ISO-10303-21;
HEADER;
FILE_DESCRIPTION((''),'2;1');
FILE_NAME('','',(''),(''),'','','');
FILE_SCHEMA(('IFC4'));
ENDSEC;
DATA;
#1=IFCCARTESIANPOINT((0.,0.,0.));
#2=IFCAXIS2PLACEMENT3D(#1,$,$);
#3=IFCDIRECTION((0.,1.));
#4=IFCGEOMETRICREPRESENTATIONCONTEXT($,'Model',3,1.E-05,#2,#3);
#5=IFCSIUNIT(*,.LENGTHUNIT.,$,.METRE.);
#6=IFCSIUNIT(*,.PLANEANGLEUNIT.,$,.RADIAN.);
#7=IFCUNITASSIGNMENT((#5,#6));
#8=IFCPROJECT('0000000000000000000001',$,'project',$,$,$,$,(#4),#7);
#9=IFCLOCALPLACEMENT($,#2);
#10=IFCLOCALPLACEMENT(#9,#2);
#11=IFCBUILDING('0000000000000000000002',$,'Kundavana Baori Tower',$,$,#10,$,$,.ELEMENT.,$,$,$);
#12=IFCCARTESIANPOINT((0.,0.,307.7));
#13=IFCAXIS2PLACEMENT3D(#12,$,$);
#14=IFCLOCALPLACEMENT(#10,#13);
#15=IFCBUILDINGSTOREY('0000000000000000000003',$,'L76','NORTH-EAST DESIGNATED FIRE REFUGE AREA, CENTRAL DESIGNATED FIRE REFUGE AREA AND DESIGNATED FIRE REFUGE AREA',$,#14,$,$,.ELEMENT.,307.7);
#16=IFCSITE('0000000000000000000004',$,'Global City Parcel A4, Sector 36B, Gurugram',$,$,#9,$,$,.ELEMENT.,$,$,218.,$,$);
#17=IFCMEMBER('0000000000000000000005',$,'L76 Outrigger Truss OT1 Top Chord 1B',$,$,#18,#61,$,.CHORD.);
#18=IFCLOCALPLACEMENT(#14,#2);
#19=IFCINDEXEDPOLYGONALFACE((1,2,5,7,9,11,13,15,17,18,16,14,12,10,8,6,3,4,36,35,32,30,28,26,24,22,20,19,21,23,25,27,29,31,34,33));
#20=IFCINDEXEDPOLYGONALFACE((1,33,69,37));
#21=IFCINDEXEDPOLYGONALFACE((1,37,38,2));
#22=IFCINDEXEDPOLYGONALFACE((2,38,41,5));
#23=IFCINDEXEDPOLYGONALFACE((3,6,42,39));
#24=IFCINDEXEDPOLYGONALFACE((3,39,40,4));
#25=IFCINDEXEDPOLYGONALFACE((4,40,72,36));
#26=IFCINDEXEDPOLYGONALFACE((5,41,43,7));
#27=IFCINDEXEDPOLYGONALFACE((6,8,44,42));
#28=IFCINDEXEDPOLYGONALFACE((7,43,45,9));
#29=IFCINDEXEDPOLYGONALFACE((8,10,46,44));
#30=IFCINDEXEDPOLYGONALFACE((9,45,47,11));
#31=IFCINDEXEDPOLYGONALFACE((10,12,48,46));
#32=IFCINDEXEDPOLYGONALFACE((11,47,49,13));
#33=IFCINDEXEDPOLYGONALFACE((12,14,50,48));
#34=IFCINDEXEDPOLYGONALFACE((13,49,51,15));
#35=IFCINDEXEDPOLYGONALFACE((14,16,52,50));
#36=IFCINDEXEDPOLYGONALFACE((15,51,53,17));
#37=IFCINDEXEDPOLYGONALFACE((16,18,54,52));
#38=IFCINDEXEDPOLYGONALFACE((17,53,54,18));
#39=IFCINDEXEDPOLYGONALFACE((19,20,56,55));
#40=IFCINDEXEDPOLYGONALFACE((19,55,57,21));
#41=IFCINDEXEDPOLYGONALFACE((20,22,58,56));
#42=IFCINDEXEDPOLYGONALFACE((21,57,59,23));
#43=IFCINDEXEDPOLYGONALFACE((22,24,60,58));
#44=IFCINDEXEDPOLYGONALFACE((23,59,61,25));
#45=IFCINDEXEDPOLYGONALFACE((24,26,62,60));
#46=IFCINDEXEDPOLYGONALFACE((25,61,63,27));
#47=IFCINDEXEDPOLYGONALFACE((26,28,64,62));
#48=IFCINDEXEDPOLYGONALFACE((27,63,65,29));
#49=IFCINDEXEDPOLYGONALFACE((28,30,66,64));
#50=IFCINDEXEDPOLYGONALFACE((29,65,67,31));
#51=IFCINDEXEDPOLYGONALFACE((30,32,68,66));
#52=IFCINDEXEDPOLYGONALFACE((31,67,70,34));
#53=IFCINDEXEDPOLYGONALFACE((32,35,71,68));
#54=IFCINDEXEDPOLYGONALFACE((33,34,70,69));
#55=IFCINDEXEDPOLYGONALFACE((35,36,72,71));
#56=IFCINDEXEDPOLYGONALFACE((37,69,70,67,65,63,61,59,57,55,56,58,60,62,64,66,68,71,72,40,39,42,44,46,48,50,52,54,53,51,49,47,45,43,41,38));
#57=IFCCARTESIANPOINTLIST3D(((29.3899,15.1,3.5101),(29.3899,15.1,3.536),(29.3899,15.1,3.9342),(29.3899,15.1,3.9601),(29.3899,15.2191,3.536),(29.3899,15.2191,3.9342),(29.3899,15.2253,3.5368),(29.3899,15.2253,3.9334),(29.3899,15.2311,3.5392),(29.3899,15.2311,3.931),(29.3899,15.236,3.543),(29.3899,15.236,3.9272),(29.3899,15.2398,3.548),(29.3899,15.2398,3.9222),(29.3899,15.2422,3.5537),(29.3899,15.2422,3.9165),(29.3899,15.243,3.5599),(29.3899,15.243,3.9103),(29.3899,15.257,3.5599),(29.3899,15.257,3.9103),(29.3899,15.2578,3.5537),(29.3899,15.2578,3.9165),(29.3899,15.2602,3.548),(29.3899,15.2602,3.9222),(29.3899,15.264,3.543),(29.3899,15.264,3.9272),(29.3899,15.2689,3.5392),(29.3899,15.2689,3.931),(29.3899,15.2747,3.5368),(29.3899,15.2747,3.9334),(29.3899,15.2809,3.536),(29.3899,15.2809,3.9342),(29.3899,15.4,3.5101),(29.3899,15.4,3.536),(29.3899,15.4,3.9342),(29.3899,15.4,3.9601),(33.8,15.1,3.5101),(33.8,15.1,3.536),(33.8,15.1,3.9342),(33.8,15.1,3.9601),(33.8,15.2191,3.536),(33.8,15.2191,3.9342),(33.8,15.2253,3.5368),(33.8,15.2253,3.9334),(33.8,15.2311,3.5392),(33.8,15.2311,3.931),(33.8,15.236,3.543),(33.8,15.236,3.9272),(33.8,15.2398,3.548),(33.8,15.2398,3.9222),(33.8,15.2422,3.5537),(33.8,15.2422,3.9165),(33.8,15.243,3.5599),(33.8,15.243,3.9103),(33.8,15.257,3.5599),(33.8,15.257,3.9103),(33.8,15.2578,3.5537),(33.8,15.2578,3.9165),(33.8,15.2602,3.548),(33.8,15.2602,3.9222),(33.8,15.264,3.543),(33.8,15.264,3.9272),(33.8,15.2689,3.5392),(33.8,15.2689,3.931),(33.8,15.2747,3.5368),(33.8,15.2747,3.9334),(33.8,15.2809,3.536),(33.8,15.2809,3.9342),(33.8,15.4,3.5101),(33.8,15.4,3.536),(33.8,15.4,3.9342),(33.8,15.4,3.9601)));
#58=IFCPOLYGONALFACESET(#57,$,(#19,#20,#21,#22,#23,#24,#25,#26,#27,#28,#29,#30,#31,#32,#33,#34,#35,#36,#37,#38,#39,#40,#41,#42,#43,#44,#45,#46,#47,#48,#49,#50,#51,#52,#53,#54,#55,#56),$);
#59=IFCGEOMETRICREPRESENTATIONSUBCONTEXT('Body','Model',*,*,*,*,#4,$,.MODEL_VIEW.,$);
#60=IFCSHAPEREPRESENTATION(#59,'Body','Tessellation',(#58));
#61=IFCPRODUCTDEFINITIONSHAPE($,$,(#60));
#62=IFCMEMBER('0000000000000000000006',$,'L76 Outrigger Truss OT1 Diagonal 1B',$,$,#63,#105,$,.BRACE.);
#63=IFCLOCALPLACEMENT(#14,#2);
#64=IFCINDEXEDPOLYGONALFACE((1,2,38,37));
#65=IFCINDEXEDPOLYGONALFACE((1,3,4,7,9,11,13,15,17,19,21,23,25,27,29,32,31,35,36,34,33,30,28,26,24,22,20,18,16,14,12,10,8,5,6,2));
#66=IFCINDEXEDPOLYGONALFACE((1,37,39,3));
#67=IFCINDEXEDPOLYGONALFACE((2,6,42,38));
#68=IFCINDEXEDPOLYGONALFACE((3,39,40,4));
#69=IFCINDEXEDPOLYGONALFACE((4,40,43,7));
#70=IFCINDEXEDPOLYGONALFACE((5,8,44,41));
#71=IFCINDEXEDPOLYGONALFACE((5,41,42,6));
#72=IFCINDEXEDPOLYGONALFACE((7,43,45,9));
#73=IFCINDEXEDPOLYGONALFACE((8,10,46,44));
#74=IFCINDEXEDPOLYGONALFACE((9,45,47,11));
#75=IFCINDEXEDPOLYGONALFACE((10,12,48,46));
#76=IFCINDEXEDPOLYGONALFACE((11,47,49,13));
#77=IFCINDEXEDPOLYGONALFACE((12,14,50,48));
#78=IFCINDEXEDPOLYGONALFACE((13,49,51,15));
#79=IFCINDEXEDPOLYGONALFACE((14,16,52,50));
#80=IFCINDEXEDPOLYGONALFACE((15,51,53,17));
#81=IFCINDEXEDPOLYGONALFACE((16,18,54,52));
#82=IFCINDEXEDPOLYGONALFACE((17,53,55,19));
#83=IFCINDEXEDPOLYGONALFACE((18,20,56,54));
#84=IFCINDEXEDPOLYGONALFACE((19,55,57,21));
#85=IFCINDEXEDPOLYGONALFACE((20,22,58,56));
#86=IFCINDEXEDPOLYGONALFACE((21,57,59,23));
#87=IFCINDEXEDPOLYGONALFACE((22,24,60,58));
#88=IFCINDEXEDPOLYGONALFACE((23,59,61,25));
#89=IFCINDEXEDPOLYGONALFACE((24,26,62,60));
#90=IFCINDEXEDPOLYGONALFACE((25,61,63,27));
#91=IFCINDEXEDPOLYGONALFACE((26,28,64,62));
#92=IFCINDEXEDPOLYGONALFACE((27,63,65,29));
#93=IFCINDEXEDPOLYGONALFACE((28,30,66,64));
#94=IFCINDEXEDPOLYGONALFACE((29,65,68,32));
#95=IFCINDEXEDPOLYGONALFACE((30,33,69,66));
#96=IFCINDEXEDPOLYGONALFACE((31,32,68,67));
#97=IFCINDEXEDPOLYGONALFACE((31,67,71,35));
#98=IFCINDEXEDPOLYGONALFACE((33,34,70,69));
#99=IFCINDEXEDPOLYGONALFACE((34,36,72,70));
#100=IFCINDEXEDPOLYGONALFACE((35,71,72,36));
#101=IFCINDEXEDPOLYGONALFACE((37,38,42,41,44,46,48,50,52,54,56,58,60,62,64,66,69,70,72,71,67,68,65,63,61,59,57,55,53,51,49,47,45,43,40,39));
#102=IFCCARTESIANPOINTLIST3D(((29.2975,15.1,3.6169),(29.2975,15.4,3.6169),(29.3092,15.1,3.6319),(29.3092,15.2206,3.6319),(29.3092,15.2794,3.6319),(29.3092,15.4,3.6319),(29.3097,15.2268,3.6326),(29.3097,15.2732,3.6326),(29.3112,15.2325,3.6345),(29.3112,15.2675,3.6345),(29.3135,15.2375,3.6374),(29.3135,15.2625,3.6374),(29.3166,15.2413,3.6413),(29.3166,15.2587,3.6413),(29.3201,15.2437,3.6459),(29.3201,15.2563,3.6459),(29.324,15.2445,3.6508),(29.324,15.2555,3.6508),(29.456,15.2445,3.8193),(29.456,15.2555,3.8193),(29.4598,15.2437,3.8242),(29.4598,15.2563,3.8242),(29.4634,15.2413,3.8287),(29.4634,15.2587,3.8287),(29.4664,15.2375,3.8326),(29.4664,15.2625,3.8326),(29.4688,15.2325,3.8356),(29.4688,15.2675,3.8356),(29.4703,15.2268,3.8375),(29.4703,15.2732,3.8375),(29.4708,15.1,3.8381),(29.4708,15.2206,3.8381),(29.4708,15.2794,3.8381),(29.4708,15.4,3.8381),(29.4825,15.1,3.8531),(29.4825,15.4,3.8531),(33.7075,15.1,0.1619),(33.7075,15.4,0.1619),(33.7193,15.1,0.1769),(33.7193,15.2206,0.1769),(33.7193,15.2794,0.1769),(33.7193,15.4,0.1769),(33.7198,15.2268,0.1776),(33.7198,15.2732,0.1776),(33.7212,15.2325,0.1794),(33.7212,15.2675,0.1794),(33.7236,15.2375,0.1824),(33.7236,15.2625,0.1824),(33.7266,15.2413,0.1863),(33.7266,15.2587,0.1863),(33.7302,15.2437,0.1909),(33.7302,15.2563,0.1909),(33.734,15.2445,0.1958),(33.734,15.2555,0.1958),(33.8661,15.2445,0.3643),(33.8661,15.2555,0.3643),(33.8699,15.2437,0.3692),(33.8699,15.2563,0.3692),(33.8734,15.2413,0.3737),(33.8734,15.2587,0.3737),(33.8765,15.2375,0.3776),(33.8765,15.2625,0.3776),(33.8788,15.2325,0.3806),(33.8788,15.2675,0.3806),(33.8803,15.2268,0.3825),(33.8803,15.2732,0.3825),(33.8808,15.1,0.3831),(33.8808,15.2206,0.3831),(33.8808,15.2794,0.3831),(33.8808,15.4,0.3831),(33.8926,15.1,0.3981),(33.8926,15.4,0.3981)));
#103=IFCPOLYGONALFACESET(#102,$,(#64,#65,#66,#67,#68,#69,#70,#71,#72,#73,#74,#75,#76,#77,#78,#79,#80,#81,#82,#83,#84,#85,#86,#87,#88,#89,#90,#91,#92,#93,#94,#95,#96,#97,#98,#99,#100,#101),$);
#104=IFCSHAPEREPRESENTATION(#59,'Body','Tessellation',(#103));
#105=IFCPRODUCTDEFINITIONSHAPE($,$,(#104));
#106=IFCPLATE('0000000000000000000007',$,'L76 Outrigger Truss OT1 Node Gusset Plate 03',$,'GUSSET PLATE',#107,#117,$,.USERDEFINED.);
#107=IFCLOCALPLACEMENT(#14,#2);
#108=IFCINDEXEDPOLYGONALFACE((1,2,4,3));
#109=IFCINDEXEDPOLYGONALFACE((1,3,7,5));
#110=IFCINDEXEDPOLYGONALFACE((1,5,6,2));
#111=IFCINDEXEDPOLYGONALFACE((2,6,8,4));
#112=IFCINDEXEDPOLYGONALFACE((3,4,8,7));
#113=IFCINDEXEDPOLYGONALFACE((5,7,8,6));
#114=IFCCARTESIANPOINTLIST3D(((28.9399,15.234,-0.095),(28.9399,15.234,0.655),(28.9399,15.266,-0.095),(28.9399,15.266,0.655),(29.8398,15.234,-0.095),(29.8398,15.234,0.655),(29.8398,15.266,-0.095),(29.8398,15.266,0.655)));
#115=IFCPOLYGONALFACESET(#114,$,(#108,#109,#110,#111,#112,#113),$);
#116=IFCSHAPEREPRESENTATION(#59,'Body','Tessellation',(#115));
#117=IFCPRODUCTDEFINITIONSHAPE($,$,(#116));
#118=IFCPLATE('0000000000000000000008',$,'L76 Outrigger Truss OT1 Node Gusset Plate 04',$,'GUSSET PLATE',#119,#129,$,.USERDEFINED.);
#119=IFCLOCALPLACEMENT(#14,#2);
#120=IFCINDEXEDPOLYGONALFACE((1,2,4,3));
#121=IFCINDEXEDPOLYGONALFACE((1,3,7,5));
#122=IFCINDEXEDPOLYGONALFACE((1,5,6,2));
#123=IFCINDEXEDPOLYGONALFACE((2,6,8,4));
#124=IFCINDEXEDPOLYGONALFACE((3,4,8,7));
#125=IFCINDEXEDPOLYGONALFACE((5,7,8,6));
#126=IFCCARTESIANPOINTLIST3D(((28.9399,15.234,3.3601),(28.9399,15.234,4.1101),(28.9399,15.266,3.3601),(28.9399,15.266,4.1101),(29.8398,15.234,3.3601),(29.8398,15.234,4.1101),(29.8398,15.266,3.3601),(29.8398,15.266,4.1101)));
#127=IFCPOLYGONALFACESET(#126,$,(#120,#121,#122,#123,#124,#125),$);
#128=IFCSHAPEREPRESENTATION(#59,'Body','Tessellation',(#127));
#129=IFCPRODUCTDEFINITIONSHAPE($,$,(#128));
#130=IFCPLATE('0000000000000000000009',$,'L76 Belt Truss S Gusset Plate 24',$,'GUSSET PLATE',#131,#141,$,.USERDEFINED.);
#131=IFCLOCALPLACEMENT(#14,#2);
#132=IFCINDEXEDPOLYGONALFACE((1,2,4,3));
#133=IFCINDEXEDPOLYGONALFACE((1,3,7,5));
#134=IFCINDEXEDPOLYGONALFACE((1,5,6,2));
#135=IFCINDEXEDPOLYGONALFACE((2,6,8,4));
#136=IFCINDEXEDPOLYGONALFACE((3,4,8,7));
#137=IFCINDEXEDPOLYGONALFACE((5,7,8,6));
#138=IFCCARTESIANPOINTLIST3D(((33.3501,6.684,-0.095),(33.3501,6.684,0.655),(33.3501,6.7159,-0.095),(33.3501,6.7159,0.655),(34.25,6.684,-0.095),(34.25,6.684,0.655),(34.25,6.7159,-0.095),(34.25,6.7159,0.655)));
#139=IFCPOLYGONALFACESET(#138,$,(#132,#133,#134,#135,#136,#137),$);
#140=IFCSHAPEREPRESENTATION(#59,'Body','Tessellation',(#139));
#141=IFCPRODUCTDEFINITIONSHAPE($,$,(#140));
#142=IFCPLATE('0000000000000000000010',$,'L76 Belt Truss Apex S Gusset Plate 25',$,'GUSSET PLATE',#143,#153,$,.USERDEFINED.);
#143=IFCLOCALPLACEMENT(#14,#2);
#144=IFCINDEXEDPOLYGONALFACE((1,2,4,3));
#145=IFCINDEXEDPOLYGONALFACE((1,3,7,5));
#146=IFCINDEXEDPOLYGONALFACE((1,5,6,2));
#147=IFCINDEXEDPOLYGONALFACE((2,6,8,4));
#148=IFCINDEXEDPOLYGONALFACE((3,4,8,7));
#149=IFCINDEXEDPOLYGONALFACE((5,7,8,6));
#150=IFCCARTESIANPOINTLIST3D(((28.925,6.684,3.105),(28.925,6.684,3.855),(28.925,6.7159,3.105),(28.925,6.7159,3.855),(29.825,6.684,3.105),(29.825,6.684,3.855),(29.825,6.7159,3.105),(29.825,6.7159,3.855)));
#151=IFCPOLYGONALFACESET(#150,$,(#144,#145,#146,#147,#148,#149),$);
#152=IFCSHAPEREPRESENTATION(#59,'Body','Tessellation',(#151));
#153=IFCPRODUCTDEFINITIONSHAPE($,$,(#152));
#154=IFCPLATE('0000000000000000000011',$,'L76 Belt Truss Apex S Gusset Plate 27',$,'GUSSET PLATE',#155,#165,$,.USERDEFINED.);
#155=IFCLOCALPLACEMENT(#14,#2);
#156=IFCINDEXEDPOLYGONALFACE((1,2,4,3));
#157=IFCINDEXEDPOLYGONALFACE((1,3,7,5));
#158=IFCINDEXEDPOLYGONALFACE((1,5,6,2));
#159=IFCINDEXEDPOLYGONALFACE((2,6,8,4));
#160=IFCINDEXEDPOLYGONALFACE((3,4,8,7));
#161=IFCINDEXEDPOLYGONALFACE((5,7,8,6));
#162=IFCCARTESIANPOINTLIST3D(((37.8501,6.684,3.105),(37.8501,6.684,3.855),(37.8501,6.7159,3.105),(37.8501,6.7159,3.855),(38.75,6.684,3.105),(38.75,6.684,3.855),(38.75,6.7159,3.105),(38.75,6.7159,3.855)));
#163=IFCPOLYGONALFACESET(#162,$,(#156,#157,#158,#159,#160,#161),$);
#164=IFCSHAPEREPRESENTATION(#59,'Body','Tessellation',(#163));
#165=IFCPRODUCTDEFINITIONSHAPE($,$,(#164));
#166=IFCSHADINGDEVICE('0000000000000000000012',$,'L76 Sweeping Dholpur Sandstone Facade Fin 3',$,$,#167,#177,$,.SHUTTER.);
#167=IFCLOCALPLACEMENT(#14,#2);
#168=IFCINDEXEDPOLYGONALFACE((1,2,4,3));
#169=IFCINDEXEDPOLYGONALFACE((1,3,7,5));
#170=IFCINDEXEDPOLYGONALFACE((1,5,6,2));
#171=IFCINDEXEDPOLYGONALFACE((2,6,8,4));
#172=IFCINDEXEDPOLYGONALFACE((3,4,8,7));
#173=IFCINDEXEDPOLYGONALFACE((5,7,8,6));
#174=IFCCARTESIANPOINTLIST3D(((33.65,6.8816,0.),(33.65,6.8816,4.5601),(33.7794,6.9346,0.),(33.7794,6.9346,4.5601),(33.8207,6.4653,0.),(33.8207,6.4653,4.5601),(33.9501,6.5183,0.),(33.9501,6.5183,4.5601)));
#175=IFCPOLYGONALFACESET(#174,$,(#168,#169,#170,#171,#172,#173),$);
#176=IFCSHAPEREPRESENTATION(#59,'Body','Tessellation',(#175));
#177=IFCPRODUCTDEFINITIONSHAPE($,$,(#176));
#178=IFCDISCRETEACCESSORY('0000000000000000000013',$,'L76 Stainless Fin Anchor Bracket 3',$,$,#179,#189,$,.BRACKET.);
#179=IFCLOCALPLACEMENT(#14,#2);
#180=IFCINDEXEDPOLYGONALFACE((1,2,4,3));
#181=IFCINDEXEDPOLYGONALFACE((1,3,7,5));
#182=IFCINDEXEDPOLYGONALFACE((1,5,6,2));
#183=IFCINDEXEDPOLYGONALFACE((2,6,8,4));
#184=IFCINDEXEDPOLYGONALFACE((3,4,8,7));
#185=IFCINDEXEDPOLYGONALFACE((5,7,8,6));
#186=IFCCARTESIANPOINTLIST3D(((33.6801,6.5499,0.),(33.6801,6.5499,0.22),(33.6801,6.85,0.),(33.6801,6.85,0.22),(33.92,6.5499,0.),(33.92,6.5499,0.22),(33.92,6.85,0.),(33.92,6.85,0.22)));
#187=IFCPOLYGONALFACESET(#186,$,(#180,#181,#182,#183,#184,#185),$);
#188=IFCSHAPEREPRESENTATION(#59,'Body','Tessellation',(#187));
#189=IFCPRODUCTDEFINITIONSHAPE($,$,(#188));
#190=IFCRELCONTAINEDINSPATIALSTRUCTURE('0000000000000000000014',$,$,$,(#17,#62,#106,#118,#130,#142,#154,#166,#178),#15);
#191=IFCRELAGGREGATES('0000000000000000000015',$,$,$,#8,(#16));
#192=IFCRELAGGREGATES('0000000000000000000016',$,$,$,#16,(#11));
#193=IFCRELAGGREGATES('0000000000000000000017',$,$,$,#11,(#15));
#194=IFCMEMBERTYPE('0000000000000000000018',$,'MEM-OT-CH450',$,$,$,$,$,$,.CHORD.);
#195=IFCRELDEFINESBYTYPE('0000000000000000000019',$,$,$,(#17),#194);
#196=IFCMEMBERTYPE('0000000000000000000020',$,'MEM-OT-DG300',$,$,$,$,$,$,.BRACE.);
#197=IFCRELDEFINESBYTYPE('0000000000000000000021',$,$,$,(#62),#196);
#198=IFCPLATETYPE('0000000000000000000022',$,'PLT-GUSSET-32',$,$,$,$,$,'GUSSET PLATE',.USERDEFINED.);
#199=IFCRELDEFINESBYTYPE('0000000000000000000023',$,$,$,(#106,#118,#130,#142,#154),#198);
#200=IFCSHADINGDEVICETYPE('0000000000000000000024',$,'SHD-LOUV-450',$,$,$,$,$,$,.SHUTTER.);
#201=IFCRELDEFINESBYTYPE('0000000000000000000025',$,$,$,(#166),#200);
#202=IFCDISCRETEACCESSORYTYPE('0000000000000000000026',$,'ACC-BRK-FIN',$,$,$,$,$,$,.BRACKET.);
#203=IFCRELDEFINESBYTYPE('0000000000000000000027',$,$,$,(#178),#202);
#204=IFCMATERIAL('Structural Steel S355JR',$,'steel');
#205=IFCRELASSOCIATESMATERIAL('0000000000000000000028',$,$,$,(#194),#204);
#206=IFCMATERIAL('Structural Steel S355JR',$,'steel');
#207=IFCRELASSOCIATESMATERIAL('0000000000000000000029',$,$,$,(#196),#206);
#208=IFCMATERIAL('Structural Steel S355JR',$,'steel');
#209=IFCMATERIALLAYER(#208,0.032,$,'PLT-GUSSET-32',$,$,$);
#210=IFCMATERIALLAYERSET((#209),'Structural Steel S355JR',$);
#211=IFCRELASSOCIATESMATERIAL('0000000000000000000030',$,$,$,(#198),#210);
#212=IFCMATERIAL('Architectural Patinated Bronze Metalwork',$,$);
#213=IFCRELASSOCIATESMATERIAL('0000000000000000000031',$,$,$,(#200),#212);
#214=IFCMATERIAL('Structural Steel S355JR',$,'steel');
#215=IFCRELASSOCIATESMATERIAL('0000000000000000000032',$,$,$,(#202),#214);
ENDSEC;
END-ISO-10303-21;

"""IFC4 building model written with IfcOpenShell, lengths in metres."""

from ifc_helpers import new_model, si_unit, direction, frame, origin, origin_2d, place, context, subcontext, project, spatial, rectangle, i_section, extrude, material, layer, layer_set, material_profile, profile_set, type_object, element, save


model = new_model("IFC4")

# Units and contexts
model_context = context("Model", 3, precision=1e-05, world=origin(), true_north=direction((0.0, 1.0)))
body_context = subcontext(model_context, "Body", "Model", "MODEL_VIEW")
ifc_project = project(units=[si_unit("LENGTHUNIT", "METRE"), si_unit("PLANEANGLEUNIT", "RADIAN")], contexts=[model_context])

# Site, building, storey
site_placement = place(None, origin())
site = spatial("IfcSite", under=ifc_project, at=site_placement, Name="Global City Parcel A4, Sector 36B, Gurugram", CompositionType="ELEMENT", RefElevation=218.0)
building_placement = place(site_placement, origin())
building = spatial("IfcBuilding", under=site, at=building_placement, Name="Kundavana Baori Tower", CompositionType="ELEMENT")
storey_placement = place(building_placement, frame((0.0, 0.0, 307.7)))
storey = spatial("IfcBuildingStorey", under=building, at=storey_placement, Name="L76", Description="NORTH-EAST DESIGNATED FIRE REFUGE AREA, CENTRAL DESIGNATED FIRE REFUGE AREA AND DESIGNATED FIRE REFUGE AREA", CompositionType="ELEMENT", Elevation=307.7)

# Members
ifc_material_1 = material(Name="Structural Steel S355JR", Category="steel")
ifc_material_profile_1 = material_profile(ifc_material_1, i_section(OverallWidth=0.3, OverallDepth=0.45, WebThickness=0.0139, FlangeThickness=0.0259, FilletRadius=0.0239, at=origin_2d()), Name="WPB 450x300x142")
ifc_profile_set_1 = profile_set([ifc_material_profile_1], Name="Structural Steel S355JR")
member_type_1 = type_object("IfcMemberType", Name="MEM-OT-CH450", PredefinedType="CHORD", material=ifc_profile_set_1)
for number, where, z_axis, x_axis, name in (
    (1, (29.3899, 15.25, 3.7351), (1.0, 0.0, 0.0), (0.0, 1.0, 0.0), "L76 Outrigger Truss OT1 Top Chord 1B"),
):
    element("IfcMember", number, at=place(storey_placement, frame(where, z_axis=z_axis, x_axis=x_axis)), inside=storey, type_object=member_type_1, Name=name, PredefinedType="CHORD", context=body_context, shape_type="SweptSolid", body=[
        extrude(i_section(OverallWidth=0.3, OverallDepth=0.45, WebThickness=0.0139, FlangeThickness=0.0259, FilletRadius=0.0239, at=origin_2d()), origin(), (0.0, 0.0, 1.0), 4.4102),
    ])
ifc_material_2 = material(Name="Structural Steel S355JR", Category="steel")
ifc_material_profile_2 = material_profile(ifc_material_2, i_section(OverallWidth=0.3, OverallDepth=0.3, WebThickness=0.011, FlangeThickness=0.019, FilletRadius=0.0239, at=origin_2d()), Name="WPB 300x300x117")
ifc_profile_set_2 = profile_set([ifc_material_profile_2], Name="Structural Steel S355JR")
member_type_2 = type_object("IfcMemberType", Name="MEM-OT-DG300", PredefinedType="BRACE", material=ifc_profile_set_2)
member_1_placement = place(storey_placement, frame((33.8, 15.25, 0.28), z_axis=(-0.787189, 0.0, 0.616712), x_axis=(0.0, -1.0, 0.0)))
element("IfcMember", 2, at=member_1_placement, inside=storey, type_object=member_type_2, Name="L76 Outrigger Truss OT1 Diagonal 1B", PredefinedType="BRACE", context=body_context, shape_type="SweptSolid", body=[
    extrude(i_section(OverallWidth=0.3, OverallDepth=0.3, WebThickness=0.011, FlangeThickness=0.019, FilletRadius=0.0239, at=origin_2d()), origin(), (0.0, 0.0, 1.0), 5.6023),
])

# Plates
ifc_material_3 = material(Name="Structural Steel S355JR", Category="steel")
ifc_layer = layer(ifc_material_3, 0.032, Name="PLT-GUSSET-32")
ifc_layer_set = layer_set([ifc_layer], Name="Structural Steel S355JR")
plate_type = type_object("IfcPlateType", Name="PLT-GUSSET-32", ElementType="GUSSET PLATE", PredefinedType="USERDEFINED", material=ifc_layer_set)
for number, where, z_axis, x_axis, name in (
    (3, (29.3899, 15.25, -0.095), (0.0, 0.0, 1.0), (1.0, 0.0, 0.0), "L76 Outrigger Truss OT1 Node Gusset Plate 03"),
    (4, (29.3899, 15.25, 3.3601), (0.0, 0.0, 1.0), (1.0, 0.0, 0.0), "L76 Outrigger Truss OT1 Node Gusset Plate 04"),
    (5, (33.8, 6.7, -0.095), (0.0, 0.0, 1.0), (1.0, 0.0, 0.0), "L76 Belt Truss S Gusset Plate 24"),
    (6, (29.375, 6.7, 3.105), (0.0, 0.0, 1.0), (1.0, 0.0, 0.0), "L76 Belt Truss Apex S Gusset Plate 25"),
    (7, (38.3, 6.7, 3.105), (0.0, 0.0, 1.0), (1.0, 0.0, 0.0), "L76 Belt Truss Apex S Gusset Plate 27"),
):
    element("IfcPlate", number, at=place(storey_placement, frame(where, z_axis=z_axis, x_axis=x_axis)), inside=storey, type_object=plate_type, Name=name, ObjectType="GUSSET PLATE", PredefinedType="USERDEFINED", context=body_context, shape_type="SweptSolid", body=[
        extrude(rectangle(XDim=0.8999, YDim=0.032, at=origin_2d()), origin(), (0.0, 0.0, 1.0), 0.75),
    ])

# Shading device
ifc_material_4 = material(Name="Architectural Patinated Bronze Metalwork")
shading_device_type = type_object("IfcShadingDeviceType", Name="SHD-LOUV-450", PredefinedType="SHUTTER", material=ifc_material_4)
shading_device_placement = place(storey_placement, frame((33.8, 6.7, 0.0), z_axis=(0.0, 0.0, 1.0), x_axis=(0.92521, 0.379456, 0.0)))
element("IfcShadingDevice", 8, at=shading_device_placement, inside=storey, type_object=shading_device_type, Name="L76 Sweeping Dholpur Sandstone Facade Fin 3", PredefinedType="SHUTTER", context=body_context, shape_type="SweptSolid", body=[
    extrude(rectangle(XDim=0.1399, YDim=0.45, at=origin_2d()), origin(), (0.0, 0.0, 1.0), 4.5601),
])

# Discrete accessory
ifc_material_5 = material(Name="Structural Steel S355JR", Category="steel")
discrete_accessory_type = type_object("IfcDiscreteAccessoryType", Name="ACC-BRK-FIN", PredefinedType="BRACKET", material=ifc_material_5)
discrete_accessory_placement = place(storey_placement, frame((33.8, 6.7, 0.0), z_axis=(0.0, 0.0, 1.0), x_axis=(1.0, 0.0, 0.0)))
element("IfcDiscreteAccessory", 9, at=discrete_accessory_placement, inside=storey, type_object=discrete_accessory_type, Name="L76 Stainless Fin Anchor Bracket 3", PredefinedType="BRACKET", context=body_context, shape_type="SweptSolid", body=[
    extrude(rectangle(XDim=0.24, YDim=0.3, at=origin_2d()), origin(), (0.0, 0.0, 1.0), 0.22),
])

save(model, "model.ifc")
